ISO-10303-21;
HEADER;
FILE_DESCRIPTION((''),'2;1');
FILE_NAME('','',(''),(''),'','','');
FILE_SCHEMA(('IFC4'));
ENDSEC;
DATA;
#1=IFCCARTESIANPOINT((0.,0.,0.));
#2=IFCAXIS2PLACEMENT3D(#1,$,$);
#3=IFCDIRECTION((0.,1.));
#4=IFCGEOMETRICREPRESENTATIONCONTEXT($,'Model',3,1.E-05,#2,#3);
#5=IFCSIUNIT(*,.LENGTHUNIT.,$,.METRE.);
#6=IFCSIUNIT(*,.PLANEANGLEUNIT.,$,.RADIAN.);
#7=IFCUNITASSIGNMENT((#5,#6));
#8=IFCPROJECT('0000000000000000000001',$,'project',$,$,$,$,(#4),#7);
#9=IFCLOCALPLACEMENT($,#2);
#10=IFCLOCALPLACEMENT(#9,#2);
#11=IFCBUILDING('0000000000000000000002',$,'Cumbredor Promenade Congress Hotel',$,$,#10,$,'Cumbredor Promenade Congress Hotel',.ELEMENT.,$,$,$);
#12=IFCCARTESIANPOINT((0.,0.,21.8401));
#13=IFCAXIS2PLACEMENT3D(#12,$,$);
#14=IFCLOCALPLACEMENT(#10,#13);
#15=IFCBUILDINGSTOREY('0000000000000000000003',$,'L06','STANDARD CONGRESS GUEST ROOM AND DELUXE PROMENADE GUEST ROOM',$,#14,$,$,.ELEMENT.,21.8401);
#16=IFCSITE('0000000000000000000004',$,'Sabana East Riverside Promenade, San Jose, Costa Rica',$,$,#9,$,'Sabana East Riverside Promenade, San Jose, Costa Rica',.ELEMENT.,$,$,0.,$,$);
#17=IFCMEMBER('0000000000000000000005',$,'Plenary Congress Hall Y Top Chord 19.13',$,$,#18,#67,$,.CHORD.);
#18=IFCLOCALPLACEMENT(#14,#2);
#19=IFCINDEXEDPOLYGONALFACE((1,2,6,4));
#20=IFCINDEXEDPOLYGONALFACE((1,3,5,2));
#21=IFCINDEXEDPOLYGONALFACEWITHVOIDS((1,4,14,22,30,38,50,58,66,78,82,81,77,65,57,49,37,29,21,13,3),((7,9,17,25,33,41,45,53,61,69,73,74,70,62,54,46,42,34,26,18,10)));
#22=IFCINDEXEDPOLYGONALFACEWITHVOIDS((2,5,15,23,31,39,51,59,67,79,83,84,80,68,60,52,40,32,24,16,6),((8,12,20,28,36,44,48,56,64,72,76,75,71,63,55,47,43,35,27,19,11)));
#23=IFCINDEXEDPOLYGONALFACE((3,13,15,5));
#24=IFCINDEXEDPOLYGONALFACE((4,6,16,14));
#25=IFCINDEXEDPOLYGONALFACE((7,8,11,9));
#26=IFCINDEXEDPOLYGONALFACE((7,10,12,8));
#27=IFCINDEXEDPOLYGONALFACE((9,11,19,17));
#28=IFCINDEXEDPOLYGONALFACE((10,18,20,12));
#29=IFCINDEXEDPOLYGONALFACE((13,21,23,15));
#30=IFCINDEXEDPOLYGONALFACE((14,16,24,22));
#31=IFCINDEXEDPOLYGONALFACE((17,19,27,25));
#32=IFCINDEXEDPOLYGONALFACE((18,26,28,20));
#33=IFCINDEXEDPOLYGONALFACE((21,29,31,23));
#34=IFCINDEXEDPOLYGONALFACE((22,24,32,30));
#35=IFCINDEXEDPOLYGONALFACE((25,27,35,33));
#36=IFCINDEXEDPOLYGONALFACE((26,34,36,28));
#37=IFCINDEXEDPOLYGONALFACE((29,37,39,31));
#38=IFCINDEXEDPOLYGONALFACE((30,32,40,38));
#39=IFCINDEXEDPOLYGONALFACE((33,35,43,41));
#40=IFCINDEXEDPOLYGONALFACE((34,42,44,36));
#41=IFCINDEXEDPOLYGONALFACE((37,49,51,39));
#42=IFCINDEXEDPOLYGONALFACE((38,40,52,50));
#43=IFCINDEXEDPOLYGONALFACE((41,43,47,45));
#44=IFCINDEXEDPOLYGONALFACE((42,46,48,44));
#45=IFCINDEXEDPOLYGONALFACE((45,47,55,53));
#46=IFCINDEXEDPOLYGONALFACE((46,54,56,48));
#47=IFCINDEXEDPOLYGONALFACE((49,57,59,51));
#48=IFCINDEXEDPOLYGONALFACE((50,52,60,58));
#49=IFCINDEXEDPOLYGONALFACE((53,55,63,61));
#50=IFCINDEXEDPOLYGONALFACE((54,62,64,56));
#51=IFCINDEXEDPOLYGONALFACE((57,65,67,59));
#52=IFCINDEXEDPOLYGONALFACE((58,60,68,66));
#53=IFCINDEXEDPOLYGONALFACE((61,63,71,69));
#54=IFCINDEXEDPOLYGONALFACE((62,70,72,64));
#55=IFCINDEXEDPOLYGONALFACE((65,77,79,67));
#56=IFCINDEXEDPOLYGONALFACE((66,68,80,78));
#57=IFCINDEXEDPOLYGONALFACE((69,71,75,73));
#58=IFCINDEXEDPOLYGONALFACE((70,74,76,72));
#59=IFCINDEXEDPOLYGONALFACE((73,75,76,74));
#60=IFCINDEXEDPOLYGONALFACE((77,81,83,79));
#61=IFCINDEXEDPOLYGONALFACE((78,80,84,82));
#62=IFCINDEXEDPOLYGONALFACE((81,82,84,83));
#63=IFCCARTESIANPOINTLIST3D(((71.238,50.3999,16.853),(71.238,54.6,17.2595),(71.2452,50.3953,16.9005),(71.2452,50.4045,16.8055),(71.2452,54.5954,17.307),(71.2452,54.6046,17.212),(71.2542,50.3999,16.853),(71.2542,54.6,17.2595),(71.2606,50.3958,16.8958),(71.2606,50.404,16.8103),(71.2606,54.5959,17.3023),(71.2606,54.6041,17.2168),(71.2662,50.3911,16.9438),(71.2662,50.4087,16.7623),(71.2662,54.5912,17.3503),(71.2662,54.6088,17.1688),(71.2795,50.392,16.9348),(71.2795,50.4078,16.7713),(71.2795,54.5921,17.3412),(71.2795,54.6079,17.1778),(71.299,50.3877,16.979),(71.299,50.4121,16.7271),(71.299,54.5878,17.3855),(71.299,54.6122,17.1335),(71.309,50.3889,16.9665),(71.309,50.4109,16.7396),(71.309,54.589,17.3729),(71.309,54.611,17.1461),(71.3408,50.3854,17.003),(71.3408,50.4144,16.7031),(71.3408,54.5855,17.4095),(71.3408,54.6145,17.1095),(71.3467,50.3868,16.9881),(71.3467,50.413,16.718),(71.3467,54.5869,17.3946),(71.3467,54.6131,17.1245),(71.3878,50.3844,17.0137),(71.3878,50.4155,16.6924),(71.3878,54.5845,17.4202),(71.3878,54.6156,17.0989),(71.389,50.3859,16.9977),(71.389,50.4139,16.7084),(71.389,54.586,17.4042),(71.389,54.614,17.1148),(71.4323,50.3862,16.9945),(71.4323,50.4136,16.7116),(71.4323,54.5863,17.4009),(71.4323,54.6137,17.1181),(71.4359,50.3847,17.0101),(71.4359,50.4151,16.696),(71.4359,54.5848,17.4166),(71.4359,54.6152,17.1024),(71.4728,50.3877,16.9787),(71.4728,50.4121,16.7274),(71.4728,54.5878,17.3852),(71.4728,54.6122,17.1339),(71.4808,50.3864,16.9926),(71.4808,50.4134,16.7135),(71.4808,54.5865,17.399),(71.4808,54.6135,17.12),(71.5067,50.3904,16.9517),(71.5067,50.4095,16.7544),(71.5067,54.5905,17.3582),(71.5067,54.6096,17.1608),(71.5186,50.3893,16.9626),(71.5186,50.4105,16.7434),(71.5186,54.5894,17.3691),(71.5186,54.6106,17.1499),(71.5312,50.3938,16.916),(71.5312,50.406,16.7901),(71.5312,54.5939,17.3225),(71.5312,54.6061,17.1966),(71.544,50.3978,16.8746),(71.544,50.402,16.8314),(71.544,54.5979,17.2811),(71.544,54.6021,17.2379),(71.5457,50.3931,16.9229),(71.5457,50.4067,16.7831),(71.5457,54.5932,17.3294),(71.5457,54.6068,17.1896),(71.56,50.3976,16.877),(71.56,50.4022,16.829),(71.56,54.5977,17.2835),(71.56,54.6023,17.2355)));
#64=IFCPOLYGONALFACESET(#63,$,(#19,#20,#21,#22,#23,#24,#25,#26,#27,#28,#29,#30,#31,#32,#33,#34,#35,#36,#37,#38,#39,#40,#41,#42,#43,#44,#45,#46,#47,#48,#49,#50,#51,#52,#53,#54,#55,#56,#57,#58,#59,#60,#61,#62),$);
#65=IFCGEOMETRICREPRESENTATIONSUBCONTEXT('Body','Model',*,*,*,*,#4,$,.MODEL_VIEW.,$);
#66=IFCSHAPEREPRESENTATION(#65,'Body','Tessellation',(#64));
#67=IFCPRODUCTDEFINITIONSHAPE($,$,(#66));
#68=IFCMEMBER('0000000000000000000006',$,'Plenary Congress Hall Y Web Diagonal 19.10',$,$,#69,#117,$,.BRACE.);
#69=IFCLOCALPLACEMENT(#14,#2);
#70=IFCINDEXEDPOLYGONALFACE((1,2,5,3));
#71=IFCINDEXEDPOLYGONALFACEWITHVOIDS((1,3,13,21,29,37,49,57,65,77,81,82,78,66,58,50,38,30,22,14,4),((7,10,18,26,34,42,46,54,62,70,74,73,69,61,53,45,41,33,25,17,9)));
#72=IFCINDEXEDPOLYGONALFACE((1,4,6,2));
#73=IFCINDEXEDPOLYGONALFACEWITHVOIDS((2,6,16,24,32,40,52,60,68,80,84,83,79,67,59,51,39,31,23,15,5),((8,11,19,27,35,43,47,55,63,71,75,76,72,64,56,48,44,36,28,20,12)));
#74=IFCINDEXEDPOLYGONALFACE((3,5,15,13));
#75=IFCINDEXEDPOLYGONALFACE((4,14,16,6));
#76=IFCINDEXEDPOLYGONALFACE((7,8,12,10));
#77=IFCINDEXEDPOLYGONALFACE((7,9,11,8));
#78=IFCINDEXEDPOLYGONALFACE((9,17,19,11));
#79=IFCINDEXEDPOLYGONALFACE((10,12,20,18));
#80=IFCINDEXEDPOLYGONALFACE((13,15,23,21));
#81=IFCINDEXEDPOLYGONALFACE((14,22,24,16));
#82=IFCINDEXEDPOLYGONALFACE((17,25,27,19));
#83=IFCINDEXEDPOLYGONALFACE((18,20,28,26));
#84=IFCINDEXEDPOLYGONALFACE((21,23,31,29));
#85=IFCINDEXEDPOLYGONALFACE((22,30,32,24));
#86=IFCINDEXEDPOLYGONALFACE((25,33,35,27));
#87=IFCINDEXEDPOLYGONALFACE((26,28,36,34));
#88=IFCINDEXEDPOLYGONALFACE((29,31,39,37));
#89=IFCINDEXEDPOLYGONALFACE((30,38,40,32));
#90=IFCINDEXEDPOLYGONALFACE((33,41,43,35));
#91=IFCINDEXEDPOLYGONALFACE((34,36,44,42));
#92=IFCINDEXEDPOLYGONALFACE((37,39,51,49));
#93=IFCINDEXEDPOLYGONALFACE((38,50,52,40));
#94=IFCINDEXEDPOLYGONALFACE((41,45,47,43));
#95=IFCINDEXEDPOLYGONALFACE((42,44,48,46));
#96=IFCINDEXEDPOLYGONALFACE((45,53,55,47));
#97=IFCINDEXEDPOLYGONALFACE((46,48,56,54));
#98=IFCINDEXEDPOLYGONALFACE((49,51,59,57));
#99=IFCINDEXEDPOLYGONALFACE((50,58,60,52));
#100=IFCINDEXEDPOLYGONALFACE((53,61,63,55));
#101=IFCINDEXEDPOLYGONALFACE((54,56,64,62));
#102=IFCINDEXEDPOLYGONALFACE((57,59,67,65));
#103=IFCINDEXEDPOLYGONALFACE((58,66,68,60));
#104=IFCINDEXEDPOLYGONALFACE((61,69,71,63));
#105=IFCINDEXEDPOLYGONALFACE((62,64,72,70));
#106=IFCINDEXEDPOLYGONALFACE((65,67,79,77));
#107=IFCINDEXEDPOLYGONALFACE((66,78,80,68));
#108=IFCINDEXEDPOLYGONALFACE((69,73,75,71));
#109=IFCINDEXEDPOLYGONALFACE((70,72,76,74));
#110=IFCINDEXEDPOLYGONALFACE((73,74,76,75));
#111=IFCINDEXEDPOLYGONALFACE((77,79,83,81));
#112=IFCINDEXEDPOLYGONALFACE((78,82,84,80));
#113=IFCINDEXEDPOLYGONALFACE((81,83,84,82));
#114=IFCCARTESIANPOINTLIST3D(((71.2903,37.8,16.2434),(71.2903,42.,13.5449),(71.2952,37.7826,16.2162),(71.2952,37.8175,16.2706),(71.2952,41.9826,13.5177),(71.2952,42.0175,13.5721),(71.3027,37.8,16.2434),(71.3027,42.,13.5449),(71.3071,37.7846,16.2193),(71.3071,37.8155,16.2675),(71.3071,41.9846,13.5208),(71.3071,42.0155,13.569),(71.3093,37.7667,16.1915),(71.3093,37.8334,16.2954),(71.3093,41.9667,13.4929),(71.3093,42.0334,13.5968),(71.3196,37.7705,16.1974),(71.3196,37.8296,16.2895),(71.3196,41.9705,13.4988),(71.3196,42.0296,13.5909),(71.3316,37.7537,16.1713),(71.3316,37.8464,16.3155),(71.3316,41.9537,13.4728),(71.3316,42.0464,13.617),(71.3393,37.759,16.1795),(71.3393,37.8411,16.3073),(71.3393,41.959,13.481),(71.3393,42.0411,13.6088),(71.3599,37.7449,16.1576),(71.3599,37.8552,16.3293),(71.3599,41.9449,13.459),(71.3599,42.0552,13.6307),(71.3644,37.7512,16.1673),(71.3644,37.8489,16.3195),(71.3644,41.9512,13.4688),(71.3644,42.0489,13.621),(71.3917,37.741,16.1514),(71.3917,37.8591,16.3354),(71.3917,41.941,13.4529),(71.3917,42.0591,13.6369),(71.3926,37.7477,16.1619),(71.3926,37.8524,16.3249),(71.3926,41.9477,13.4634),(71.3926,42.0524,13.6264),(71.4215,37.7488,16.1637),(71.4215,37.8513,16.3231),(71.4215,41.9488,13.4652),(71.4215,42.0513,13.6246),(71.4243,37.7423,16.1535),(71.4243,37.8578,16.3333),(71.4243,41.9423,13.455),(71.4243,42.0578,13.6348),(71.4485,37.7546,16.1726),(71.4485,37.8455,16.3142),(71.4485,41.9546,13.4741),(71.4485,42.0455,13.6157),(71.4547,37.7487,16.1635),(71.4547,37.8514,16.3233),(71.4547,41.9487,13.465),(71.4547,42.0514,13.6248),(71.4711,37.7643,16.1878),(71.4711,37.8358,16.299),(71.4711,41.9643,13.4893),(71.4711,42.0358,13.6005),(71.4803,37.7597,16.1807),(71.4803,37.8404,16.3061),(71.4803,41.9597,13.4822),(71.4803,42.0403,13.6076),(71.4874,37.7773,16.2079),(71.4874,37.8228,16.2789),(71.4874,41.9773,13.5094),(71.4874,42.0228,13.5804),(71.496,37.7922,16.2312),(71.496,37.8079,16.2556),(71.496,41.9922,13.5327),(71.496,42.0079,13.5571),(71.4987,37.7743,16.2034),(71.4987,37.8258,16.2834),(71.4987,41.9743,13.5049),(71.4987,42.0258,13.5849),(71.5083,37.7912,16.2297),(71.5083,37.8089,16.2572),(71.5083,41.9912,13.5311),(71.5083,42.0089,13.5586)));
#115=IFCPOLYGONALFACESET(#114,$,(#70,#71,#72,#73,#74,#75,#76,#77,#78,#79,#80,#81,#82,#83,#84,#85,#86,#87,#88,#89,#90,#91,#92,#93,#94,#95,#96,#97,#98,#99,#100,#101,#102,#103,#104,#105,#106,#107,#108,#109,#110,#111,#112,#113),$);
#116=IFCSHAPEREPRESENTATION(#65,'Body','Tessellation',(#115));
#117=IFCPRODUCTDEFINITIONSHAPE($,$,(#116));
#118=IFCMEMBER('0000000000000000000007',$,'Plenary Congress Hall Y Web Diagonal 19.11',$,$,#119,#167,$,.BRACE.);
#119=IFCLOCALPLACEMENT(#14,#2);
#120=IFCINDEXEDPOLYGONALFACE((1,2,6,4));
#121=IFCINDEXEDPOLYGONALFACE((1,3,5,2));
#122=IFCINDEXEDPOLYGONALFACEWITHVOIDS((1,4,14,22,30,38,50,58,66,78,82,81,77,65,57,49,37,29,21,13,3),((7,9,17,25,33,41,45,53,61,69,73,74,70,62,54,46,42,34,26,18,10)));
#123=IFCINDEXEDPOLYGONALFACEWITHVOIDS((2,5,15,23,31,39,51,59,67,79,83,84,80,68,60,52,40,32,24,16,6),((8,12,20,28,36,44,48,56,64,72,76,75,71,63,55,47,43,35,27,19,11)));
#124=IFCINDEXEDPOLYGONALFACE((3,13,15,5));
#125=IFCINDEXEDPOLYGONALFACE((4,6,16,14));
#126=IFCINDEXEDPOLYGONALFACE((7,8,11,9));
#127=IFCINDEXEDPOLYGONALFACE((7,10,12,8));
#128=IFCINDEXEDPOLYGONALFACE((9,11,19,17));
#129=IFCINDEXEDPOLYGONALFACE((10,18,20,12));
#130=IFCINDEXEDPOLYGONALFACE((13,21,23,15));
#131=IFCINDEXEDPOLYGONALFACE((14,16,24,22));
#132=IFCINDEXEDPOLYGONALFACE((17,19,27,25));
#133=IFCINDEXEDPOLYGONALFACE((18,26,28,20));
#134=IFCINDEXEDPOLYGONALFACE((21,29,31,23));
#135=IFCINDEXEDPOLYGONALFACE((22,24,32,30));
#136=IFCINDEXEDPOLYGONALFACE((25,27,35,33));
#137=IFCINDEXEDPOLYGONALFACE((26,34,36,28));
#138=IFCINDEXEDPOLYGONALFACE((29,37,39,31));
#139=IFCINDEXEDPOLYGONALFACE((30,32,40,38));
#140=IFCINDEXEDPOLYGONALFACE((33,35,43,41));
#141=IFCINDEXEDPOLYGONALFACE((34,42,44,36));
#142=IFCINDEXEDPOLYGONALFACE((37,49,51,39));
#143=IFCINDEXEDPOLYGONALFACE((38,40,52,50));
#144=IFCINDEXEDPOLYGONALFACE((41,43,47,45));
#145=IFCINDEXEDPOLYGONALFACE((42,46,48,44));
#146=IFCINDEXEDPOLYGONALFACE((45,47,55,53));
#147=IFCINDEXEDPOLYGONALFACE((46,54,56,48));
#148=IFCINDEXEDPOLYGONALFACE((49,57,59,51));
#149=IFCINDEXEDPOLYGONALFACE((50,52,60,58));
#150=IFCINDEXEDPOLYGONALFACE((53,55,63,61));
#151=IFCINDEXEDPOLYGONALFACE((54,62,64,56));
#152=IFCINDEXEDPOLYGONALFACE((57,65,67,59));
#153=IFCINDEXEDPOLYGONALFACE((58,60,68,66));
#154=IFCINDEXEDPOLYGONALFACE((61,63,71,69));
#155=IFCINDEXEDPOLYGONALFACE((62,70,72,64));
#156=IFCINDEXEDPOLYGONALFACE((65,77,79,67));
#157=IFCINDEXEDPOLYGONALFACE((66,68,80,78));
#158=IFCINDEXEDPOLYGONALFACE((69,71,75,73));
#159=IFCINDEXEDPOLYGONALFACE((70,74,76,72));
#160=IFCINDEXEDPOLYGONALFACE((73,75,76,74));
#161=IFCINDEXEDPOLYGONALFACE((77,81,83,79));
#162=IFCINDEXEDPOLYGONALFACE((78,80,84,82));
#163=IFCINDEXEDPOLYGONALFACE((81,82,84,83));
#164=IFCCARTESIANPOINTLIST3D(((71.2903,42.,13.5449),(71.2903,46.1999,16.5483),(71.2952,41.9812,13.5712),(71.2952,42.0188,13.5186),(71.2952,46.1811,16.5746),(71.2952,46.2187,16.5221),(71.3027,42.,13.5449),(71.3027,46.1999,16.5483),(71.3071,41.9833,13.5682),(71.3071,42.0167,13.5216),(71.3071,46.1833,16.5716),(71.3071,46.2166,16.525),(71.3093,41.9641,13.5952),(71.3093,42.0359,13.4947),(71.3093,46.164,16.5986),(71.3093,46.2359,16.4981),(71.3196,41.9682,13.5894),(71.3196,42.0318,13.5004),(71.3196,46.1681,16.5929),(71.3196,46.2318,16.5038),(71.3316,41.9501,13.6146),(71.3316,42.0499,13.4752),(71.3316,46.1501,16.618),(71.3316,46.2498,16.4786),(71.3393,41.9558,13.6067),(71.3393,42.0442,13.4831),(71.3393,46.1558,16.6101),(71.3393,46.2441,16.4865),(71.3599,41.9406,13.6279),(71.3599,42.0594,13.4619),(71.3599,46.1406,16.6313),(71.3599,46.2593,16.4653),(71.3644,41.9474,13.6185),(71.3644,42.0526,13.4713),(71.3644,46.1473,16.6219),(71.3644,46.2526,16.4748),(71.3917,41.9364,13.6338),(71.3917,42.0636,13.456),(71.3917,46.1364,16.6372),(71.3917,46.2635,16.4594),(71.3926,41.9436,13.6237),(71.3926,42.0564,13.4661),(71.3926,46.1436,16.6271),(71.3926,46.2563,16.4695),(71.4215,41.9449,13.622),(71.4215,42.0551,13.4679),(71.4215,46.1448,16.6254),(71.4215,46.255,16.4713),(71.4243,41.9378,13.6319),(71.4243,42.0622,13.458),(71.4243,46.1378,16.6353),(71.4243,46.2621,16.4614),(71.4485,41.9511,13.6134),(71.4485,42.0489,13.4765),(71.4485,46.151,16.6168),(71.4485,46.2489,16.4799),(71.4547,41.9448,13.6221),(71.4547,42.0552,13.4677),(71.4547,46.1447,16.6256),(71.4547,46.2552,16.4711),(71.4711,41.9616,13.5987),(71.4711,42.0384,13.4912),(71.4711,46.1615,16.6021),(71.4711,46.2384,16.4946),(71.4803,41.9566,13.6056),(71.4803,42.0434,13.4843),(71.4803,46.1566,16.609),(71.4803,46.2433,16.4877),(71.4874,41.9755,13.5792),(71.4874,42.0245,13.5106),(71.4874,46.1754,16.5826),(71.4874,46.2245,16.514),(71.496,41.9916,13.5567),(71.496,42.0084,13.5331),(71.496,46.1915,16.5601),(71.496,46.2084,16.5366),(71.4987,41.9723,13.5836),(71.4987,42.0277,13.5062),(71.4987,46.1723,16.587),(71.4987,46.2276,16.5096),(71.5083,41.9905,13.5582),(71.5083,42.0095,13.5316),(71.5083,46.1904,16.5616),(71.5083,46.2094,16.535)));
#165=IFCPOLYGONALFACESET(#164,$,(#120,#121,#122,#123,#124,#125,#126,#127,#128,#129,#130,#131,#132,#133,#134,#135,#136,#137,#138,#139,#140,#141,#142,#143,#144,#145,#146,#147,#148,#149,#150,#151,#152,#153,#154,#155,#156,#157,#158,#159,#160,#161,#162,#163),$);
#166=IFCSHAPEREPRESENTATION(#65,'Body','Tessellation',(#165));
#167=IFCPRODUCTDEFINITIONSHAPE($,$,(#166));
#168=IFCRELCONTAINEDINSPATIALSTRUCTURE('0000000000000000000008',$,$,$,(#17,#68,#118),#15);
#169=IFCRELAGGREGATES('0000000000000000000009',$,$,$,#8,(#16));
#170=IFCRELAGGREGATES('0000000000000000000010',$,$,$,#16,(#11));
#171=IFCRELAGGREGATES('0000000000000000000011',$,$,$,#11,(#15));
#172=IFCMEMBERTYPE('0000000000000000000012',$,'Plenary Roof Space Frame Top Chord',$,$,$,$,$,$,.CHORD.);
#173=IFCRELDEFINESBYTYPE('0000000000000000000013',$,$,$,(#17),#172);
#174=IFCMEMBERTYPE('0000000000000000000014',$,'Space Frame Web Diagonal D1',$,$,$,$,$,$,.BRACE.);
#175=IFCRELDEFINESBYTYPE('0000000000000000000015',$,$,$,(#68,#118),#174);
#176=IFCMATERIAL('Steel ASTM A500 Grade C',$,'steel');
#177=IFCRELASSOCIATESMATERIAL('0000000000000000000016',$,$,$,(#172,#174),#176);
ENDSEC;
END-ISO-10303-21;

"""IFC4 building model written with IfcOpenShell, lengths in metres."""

from ifc_helpers import new_model, si_unit, direction, frame, origin, origin_2d, place, context, subcontext, project, spatial, hollow_circle, extrude, material, material_profile, profile_set, type_object, element, save


model = new_model("IFC4")

# Units and contexts
model_context = context("Model", 3, precision=1e-05, world=origin(), true_north=direction((0.0, 1.0)))
body_context = subcontext(model_context, "Body", "Model", "MODEL_VIEW")
ifc_project = project(units=[si_unit("LENGTHUNIT", "METRE"), si_unit("PLANEANGLEUNIT", "RADIAN")], contexts=[model_context])

# Site, building, storey
site_placement = place(None, origin())
site = spatial("IfcSite", under=ifc_project, at=site_placement, Name="Sabana East Riverside Promenade, San Jose, Costa Rica", LongName="Sabana East Riverside Promenade, San Jose, Costa Rica", CompositionType="ELEMENT", RefElevation=0.0)
building_placement = place(site_placement, origin())
building = spatial("IfcBuilding", under=site, at=building_placement, Name="Cumbredor Promenade Congress Hotel", LongName="Cumbredor Promenade Congress Hotel", CompositionType="ELEMENT")
storey_placement = place(building_placement, frame((0.0, 0.0, 21.8401)))
storey = spatial("IfcBuildingStorey", under=building, at=storey_placement, Name="L06", Description="STANDARD CONGRESS GUEST ROOM AND DELUXE PROMENADE GUEST ROOM", CompositionType="ELEMENT", Elevation=21.8401)

# Members
ifc_material_1 = material(Name="Steel ASTM A500 Grade C", Category="steel")
ifc_material_profile_1 = material_profile(ifc_material_1, hollow_circle(Radius=0.1619, WallThickness=0.0161, at=origin_2d()), Name="CHS 323.9x16")
ifc_profile_set_1 = profile_set([ifc_material_profile_1], Name="Steel ASTM A500 Grade C")
member_type_1 = type_object("IfcMemberType", Name="Plenary Roof Space Frame Top Chord", PredefinedType="CHORD", material=ifc_profile_set_1)
member_1_placement = place(storey_placement, frame((71.3999, 50.3999, 16.853), z_axis=(0.0, 0.995349, 0.09633), x_axis=(-1.0, 0.0, 0.0)))
element("IfcMember", 1, at=member_1_placement, inside=storey, type_object=member_type_1, Name="Plenary Congress Hall Y Top Chord 19.13", PredefinedType="CHORD", context=body_context, shape_type="SweptSolid", body=[
    extrude(hollow_circle(Radius=0.1619, WallThickness=0.0161, at=origin_2d()), origin(), (0.0, 0.0, 1.0), 4.2197),
])
ifc_material_profile_2 = material_profile(ifc_material_1, hollow_circle(Radius=0.1096, WallThickness=0.0125, at=origin_2d()), Name="CHS 219.1x12.5")
ifc_profile_set_2 = profile_set([ifc_material_profile_2], Name="Steel ASTM A500 Grade C")
member_type_2 = type_object("IfcMemberType", Name="Space Frame Web Diagonal D1", PredefinedType="BRACE", material=ifc_profile_set_2)
member_2_placement = place(storey_placement, frame((71.3999, 37.8, 16.2434), z_axis=(0.0, 0.841314, -0.540547), x_axis=(-1.0, 0.0, 0.0)))
element("IfcMember", 2, at=member_2_placement, inside=storey, type_object=member_type_2, Name="Plenary Congress Hall Y Web Diagonal 19.10", PredefinedType="BRACE", context=body_context, shape_type="SweptSolid", body=[
    extrude(hollow_circle(Radius=0.1096, WallThickness=0.0125, at=origin_2d()), origin(), (0.0, 0.0, 1.0), 4.9922),
])
member_3_placement = place(storey_placement, frame((71.3999, 42.0, 13.5449), z_axis=(0.0, 0.813417, 0.581681), x_axis=(-1.0, 0.0, 0.0)))
element("IfcMember", 3, at=member_3_placement, inside=storey, type_object=member_type_2, Name="Plenary Congress Hall Y Web Diagonal 19.11", PredefinedType="BRACE", context=body_context, shape_type="SweptSolid", body=[
    extrude(hollow_circle(Radius=0.1096, WallThickness=0.0125, at=origin_2d()), origin(), (0.0, 0.0, 1.0), 5.1633),
])

save(model, "model.ifc")
